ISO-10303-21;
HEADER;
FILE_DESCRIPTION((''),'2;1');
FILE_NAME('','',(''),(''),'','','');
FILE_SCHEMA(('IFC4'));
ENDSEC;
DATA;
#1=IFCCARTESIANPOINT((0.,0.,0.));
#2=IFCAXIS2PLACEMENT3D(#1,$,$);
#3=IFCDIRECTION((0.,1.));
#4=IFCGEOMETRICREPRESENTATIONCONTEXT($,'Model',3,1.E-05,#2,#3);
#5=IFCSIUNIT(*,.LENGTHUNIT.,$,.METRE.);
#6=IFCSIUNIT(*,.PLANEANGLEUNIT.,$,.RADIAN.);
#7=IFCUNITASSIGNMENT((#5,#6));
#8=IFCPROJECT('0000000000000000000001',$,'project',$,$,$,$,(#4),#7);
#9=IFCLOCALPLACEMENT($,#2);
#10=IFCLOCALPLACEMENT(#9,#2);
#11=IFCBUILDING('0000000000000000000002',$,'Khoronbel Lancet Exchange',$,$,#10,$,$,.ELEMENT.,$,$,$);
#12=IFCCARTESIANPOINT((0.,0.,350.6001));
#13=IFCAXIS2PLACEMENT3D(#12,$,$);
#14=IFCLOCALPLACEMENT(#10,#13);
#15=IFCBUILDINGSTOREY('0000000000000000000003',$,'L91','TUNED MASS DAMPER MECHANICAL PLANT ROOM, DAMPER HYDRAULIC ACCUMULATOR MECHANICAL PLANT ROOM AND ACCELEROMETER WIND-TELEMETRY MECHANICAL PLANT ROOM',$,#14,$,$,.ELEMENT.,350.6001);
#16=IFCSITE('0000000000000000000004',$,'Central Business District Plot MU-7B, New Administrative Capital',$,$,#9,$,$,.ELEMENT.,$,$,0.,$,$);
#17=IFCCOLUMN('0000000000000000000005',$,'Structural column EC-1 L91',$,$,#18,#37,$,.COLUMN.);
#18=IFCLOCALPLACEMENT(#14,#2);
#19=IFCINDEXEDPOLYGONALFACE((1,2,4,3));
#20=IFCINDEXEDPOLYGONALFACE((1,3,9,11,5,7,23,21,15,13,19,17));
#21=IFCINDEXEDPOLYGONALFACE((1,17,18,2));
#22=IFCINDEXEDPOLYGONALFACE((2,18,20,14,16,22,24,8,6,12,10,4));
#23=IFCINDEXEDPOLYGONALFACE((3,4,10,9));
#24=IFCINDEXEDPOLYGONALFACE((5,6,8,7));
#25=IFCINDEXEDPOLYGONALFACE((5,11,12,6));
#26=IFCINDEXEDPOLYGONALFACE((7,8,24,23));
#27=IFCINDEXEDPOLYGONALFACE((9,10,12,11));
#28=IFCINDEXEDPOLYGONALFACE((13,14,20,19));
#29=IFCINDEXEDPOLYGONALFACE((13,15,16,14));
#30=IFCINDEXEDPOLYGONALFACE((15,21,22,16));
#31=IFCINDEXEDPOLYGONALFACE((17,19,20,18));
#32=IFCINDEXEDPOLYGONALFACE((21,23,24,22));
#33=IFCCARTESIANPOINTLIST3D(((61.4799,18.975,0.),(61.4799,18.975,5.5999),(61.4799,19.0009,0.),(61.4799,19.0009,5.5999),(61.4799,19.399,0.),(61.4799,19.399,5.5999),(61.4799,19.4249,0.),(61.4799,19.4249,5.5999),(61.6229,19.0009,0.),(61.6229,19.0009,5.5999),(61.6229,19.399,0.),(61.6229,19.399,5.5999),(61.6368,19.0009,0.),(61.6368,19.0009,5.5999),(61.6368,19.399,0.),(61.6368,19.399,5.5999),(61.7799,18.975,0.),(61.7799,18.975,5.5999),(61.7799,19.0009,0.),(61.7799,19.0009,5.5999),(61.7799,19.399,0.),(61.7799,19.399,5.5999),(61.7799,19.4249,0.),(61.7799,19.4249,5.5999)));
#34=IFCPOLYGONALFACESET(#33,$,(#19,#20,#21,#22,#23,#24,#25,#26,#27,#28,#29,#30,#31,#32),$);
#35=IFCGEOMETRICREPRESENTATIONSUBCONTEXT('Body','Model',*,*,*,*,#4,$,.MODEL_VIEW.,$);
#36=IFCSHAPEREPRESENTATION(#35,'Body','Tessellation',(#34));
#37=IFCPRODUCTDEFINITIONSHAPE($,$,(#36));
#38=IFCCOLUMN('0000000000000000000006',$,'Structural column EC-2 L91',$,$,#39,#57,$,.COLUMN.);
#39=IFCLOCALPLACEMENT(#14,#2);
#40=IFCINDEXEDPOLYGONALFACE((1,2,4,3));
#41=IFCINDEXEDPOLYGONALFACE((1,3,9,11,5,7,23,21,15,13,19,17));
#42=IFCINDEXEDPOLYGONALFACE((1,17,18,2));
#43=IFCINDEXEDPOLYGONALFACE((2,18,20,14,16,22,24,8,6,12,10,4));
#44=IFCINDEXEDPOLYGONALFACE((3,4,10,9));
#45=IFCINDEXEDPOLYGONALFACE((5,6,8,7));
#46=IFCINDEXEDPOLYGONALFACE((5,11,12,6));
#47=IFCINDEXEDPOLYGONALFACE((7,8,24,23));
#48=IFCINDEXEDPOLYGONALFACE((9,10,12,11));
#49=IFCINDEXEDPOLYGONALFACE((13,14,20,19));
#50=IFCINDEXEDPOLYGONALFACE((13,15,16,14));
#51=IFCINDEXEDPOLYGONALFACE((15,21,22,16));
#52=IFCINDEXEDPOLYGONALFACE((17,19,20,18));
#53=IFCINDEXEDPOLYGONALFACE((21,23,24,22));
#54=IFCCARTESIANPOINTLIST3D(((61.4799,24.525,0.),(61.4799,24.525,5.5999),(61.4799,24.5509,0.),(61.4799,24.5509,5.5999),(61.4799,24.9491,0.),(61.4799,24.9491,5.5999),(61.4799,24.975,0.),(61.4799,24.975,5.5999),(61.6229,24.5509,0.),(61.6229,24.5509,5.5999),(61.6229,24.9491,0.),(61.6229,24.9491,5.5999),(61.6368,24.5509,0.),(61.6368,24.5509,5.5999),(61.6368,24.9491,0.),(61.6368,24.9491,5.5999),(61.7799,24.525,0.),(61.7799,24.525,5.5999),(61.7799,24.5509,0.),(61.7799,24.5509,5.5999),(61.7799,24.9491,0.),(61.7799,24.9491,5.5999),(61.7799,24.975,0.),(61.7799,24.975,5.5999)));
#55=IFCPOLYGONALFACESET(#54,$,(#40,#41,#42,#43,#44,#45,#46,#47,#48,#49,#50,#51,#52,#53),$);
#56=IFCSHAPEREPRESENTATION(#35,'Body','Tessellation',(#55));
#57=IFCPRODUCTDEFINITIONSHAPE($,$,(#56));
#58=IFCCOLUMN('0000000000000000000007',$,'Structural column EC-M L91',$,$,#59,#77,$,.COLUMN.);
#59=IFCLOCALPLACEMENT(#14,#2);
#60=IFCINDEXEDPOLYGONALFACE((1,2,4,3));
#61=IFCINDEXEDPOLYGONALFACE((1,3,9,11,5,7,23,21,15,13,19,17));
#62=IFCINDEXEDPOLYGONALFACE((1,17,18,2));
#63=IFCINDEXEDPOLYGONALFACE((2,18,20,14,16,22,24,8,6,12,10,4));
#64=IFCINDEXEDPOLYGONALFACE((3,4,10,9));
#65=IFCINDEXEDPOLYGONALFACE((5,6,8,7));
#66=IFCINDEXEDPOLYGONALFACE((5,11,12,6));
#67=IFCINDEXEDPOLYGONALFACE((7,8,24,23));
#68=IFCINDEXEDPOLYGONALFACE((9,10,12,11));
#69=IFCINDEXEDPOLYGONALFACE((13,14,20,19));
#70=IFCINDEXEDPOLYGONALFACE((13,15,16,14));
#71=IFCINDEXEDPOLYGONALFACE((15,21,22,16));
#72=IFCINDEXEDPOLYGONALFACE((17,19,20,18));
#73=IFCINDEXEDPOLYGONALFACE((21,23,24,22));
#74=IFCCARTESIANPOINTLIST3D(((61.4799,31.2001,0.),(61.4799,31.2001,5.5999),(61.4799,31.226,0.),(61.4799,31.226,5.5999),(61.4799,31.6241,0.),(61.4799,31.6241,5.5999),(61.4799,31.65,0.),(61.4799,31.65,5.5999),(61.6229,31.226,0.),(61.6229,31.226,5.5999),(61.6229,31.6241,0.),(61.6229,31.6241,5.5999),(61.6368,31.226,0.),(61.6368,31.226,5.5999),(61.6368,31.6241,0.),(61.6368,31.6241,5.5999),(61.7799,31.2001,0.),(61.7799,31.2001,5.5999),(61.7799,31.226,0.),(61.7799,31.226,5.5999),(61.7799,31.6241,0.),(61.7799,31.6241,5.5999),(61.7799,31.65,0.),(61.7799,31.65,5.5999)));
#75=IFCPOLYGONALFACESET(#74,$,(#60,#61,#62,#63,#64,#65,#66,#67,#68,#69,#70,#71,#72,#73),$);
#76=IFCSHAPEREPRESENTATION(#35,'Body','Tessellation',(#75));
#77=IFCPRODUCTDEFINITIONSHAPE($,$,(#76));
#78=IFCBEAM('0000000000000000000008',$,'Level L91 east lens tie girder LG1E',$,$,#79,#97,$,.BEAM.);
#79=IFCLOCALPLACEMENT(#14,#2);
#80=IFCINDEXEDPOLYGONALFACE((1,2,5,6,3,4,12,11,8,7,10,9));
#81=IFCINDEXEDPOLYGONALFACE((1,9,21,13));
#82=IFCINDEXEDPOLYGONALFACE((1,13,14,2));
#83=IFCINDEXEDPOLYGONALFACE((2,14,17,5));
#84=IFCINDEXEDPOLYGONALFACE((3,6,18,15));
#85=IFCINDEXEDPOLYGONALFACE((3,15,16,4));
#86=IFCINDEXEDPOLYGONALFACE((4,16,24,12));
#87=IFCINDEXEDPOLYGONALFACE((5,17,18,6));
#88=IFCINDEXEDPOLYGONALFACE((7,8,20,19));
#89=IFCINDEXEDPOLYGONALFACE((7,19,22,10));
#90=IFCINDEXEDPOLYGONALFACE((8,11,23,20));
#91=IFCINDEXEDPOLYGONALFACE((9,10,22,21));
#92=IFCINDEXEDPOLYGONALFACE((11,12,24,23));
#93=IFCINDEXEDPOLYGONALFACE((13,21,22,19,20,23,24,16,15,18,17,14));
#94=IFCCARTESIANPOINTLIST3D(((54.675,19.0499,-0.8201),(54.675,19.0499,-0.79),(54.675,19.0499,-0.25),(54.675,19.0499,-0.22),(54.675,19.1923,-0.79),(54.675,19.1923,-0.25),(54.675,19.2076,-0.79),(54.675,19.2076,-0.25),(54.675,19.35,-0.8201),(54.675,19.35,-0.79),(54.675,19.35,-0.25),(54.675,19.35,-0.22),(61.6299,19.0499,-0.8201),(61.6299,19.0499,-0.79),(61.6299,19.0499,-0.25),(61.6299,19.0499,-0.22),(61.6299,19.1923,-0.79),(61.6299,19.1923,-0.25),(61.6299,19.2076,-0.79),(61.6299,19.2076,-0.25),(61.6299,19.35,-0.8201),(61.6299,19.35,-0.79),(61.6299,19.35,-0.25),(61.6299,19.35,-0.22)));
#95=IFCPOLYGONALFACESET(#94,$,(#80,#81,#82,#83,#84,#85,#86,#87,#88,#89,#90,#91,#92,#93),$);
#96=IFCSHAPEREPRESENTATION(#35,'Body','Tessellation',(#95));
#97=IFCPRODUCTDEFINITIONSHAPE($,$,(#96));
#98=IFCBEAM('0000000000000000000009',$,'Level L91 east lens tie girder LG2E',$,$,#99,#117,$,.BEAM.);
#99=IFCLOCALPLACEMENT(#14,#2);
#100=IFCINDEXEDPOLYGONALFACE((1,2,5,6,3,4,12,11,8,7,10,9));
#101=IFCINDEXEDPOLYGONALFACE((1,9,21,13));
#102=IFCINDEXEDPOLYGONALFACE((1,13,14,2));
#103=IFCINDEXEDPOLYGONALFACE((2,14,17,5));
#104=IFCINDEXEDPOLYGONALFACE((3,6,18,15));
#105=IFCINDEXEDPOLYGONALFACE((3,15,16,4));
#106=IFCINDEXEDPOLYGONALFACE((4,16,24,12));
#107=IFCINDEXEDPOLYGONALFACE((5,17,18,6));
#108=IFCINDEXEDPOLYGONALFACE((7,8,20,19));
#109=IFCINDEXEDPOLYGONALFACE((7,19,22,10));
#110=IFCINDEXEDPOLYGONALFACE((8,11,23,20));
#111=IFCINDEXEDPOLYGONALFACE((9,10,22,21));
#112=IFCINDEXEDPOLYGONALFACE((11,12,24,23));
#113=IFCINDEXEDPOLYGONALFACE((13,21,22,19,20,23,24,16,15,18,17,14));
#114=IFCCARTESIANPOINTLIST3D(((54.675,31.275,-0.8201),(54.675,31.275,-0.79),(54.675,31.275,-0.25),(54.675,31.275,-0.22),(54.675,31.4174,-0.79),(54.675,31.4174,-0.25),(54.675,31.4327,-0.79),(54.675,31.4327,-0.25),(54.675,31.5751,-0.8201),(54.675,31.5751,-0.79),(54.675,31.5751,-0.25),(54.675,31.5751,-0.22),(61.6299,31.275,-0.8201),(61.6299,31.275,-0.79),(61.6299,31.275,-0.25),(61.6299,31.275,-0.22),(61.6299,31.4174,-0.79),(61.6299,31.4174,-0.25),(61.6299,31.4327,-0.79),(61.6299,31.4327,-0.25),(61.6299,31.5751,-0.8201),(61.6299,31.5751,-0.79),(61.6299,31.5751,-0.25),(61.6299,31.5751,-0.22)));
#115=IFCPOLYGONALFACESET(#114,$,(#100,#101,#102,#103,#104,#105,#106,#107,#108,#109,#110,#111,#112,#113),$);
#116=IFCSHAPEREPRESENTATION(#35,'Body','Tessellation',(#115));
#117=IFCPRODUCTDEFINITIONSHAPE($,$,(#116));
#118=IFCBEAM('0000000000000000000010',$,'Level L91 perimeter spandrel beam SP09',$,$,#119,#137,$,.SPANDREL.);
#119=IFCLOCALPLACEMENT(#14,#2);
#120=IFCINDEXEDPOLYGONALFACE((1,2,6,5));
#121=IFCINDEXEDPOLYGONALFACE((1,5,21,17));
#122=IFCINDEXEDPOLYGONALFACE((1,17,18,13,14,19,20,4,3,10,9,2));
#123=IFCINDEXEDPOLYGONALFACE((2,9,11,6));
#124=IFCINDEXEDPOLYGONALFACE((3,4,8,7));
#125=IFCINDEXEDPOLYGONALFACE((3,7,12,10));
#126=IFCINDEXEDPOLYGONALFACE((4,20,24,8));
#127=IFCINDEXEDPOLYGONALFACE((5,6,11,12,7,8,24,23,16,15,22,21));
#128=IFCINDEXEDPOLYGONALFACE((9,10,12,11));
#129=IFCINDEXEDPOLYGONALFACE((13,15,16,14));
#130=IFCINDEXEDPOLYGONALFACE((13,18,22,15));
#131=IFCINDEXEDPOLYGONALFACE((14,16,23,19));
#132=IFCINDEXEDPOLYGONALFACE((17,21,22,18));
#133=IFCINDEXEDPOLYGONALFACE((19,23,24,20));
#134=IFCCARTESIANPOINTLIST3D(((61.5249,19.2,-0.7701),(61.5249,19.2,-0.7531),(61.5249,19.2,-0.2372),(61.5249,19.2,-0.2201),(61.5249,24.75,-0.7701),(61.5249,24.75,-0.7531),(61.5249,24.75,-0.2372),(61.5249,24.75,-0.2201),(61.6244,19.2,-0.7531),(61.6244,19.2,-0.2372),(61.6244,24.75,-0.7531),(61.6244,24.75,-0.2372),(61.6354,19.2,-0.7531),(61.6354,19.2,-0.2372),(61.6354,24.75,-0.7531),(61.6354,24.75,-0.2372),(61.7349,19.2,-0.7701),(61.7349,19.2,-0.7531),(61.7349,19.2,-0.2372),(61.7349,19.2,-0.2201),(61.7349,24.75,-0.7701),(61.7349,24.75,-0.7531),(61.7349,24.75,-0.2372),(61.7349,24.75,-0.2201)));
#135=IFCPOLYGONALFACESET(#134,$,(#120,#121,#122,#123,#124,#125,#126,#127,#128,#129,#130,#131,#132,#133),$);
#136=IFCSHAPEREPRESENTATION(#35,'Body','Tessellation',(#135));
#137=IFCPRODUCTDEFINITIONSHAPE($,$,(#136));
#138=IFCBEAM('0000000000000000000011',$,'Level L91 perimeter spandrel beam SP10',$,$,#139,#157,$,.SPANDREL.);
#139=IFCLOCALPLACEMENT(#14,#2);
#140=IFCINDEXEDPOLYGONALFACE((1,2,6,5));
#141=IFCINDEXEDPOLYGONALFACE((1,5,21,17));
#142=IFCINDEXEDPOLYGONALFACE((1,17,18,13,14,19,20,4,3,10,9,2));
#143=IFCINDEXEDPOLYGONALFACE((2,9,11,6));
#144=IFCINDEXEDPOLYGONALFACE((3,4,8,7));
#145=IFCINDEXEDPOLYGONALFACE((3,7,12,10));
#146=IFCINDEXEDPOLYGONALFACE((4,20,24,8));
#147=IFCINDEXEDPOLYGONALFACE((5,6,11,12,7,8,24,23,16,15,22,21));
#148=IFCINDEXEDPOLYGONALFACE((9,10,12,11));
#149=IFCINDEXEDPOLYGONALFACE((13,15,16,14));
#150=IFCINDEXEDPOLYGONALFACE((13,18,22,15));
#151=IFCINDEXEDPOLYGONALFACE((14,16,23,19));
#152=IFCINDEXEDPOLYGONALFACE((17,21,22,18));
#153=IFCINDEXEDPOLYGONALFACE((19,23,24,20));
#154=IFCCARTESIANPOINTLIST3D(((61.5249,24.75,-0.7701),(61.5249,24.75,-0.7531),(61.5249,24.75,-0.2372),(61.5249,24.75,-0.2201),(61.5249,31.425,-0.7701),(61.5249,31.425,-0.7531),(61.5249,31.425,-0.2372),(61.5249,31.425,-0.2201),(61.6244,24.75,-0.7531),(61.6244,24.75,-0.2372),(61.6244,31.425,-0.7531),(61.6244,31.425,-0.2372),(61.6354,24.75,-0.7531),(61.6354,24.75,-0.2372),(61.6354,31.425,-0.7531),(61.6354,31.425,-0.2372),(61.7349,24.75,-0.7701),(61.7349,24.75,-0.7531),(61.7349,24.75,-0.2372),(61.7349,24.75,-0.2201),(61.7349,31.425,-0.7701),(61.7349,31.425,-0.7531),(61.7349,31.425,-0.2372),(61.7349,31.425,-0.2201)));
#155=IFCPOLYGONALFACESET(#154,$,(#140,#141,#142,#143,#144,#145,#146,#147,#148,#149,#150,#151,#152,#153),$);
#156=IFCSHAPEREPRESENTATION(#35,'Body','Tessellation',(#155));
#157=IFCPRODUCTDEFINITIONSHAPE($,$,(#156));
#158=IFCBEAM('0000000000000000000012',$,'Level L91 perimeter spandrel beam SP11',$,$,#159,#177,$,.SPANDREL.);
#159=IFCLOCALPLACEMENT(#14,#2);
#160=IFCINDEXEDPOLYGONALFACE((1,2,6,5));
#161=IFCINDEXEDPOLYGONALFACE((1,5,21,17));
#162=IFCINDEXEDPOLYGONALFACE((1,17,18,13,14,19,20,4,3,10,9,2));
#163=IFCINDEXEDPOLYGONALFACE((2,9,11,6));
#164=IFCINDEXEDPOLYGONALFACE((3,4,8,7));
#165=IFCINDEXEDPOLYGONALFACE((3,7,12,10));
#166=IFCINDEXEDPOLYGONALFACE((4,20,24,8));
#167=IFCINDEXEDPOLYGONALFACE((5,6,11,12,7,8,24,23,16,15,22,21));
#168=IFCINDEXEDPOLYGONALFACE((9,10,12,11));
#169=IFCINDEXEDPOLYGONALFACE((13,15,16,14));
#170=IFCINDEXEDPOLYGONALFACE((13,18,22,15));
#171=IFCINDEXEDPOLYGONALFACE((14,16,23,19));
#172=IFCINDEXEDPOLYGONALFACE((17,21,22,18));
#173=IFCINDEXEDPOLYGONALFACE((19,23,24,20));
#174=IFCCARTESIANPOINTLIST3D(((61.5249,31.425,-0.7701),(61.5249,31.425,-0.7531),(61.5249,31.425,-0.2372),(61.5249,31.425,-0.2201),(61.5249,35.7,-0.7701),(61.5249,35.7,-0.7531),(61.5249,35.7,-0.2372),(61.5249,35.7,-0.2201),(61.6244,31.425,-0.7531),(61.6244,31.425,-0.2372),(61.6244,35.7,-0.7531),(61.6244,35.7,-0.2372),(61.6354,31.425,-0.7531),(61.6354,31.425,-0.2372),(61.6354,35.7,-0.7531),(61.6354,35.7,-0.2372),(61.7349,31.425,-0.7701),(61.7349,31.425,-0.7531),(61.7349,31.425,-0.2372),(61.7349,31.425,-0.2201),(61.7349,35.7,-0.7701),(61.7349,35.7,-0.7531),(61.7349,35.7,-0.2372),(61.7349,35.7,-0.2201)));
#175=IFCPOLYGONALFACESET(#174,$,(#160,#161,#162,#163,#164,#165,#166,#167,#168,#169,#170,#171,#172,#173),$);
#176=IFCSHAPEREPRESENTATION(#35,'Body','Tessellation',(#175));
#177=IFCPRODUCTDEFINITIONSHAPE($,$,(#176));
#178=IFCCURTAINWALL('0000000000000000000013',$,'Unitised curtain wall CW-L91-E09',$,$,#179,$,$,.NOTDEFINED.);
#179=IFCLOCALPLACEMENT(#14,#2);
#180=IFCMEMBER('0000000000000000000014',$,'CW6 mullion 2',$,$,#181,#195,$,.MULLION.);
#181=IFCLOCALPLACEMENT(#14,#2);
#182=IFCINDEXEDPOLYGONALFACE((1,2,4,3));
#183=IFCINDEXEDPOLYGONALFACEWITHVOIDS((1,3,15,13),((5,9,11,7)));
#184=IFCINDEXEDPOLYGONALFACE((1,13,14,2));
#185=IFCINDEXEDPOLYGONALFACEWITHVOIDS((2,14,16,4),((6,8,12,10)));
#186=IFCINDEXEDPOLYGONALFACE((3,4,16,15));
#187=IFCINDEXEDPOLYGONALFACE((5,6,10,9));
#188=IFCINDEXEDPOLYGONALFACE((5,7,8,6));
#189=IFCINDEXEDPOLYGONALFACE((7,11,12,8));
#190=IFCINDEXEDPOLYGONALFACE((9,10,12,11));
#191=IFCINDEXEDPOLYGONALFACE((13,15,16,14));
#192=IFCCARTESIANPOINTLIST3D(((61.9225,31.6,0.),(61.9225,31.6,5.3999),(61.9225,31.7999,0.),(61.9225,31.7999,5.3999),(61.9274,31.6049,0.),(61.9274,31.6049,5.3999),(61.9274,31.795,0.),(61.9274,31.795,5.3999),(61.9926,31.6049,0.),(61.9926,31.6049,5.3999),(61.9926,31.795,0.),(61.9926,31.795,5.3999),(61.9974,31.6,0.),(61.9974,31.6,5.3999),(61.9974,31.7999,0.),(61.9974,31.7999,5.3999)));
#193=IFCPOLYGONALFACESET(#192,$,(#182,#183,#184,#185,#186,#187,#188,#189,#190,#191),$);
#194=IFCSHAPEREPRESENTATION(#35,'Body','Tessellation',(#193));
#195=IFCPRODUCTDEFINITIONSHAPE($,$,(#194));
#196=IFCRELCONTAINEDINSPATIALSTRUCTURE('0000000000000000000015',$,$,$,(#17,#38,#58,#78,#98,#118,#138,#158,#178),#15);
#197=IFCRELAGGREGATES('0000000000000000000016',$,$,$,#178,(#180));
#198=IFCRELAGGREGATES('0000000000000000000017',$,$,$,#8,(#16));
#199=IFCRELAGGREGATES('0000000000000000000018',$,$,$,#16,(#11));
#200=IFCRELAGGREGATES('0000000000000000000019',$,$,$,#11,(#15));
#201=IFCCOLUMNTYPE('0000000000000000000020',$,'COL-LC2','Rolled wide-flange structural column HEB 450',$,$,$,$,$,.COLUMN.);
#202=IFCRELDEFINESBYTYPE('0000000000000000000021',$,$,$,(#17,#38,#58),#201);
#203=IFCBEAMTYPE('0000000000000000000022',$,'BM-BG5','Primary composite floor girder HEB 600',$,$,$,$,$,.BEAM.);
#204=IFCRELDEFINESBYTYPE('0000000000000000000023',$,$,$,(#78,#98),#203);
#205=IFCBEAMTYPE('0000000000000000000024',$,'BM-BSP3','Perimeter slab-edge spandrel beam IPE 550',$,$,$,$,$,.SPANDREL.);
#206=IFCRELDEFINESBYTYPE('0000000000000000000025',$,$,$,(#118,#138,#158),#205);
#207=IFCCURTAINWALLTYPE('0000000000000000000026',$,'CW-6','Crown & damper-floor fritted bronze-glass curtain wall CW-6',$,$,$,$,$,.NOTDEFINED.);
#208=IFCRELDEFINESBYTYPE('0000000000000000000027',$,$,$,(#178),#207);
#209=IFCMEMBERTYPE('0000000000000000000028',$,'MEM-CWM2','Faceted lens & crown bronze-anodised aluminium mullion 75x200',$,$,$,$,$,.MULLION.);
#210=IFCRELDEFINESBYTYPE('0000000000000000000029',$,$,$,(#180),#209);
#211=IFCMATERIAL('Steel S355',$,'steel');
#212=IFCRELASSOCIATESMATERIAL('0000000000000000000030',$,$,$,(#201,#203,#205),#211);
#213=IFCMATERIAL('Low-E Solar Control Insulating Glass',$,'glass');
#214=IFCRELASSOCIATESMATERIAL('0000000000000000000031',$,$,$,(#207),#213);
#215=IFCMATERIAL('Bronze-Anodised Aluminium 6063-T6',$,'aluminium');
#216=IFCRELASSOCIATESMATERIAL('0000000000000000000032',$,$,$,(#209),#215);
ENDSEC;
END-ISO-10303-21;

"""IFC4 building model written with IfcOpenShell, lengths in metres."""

from ifc_helpers import new_model, si_unit, direction, frame, origin, origin_2d, place, context, subcontext, project, spatial, hollow_rectangle, i_section, extrude, material, material_profile, profile_set, type_object, element, aggregate, save


model = new_model("IFC4")

# Units and contexts
model_context = context("Model", 3, precision=1e-05, world=origin(), true_north=direction((0.0, 1.0)))
body_context = subcontext(model_context, "Body", "Model", "MODEL_VIEW")
ifc_project = project(units=[si_unit("LENGTHUNIT", "METRE"), si_unit("PLANEANGLEUNIT", "RADIAN")], contexts=[model_context])

# Site, building, storey
site_placement = place(None, origin())
site = spatial("IfcSite", under=ifc_project, at=site_placement, Name="Central Business District Plot MU-7B, New Administrative Capital", CompositionType="ELEMENT", RefElevation=0.0)
building_placement = place(site_placement, origin())
building = spatial("IfcBuilding", under=site, at=building_placement, Name="Khoronbel Lancet Exchange", CompositionType="ELEMENT")
storey_placement = place(building_placement, frame((0.0, 0.0, 350.6001)))
storey = spatial("IfcBuildingStorey", under=building, at=storey_placement, Name="L91", Description="TUNED MASS DAMPER MECHANICAL PLANT ROOM, DAMPER HYDRAULIC ACCUMULATOR MECHANICAL PLANT ROOM AND ACCELEROMETER WIND-TELEMETRY MECHANICAL PLANT ROOM", CompositionType="ELEMENT", Elevation=350.6001)

# Columns
ifc_material_1 = material(Name="Steel S355", Category="steel")
ifc_material_profile_1 = material_profile(ifc_material_1, i_section(OverallWidth=0.3, OverallDepth=0.45, WebThickness=0.0139, FlangeThickness=0.0259, at=origin_2d()), Name="HEB 450")
ifc_profile_set_1 = profile_set([ifc_material_profile_1], Name="Steel S355")
column_type = type_object("IfcColumnType", Name="COL-LC2", Description="Rolled wide-flange structural column HEB 450", PredefinedType="COLUMN", material=ifc_profile_set_1)
for number, where, z_axis, x_axis, name in (
    (1, (61.6299, 19.2, 0.0), (0.0, 0.0, 1.0), (1.0, 0.0, 0.0), "Structural column EC-1 L91"),
    (2, (61.6299, 24.75, 0.0), (0.0, 0.0, 1.0), (1.0, 0.0, 0.0), "Structural column EC-2 L91"),
    (3, (61.6299, 31.425, 0.0), (0.0, 0.0, 1.0), (1.0, 0.0, 0.0), "Structural column EC-M L91"),
):
    element("IfcColumn", number, at=place(storey_placement, frame(where, z_axis=z_axis, x_axis=x_axis)), inside=storey, type_object=column_type, Name=name, PredefinedType="COLUMN", context=body_context, shape_type="SweptSolid", body=[
        extrude(i_section(OverallWidth=0.3, OverallDepth=0.45, WebThickness=0.0139, FlangeThickness=0.0259, at=origin_2d()), origin(), (0.0, 0.0, 1.0), 5.5999),
    ])

# Beams
ifc_material_profile_2 = material_profile(ifc_material_1, i_section(OverallWidth=0.3, OverallDepth=0.6001, WebThickness=0.0154, FlangeThickness=0.03, at=origin_2d()), Name="HEB 600")
ifc_profile_set_2 = profile_set([ifc_material_profile_2], Name="Steel S355")
beam_type_1 = type_object("IfcBeamType", Name="BM-BG5", Description="Primary composite floor girder HEB 600", PredefinedType="BEAM", material=ifc_profile_set_2)
for number, where, z_axis, x_axis, name in (
    (4, (54.675, 19.2, -0.52), (1.0, 0.0, 0.0), (0.0, 1.0, 0.0), "Level L91 east lens tie girder LG1E"),
    (5, (54.675, 31.425, -0.52), (1.0, 0.0, 0.0), (0.0, 1.0, 0.0), "Level L91 east lens tie girder LG2E"),
):
    element("IfcBeam", number, at=place(storey_placement, frame(where, z_axis=z_axis, x_axis=x_axis)), inside=storey, type_object=beam_type_1, Name=name, PredefinedType="BEAM", context=body_context, shape_type="SweptSolid", body=[
        extrude(i_section(OverallWidth=0.3, OverallDepth=0.6001, WebThickness=0.0154, FlangeThickness=0.03, at=origin_2d()), origin(), (0.0, 0.0, 1.0), 6.9548),
    ])
ifc_material_profile_3 = material_profile(ifc_material_1, i_section(OverallWidth=0.21, OverallDepth=0.55, WebThickness=0.011, FlangeThickness=0.0171, at=origin_2d()), Name="IPE 550")
ifc_profile_set_3 = profile_set([ifc_material_profile_3], Name="Steel S355")
beam_type_2 = type_object("IfcBeamType", Name="BM-BSP3", Description="Perimeter slab-edge spandrel beam IPE 550", PredefinedType="SPANDREL", material=ifc_profile_set_3)
beam_1_placement = place(storey_placement, frame((61.6299, 19.2, -0.4951), z_axis=(0.0, 1.0, 0.0), x_axis=(-1.0, 0.0, 0.0)))
element("IfcBeam", 6, at=beam_1_placement, inside=storey, type_object=beam_type_2, Name="Level L91 perimeter spandrel beam SP09", PredefinedType="SPANDREL", context=body_context, shape_type="SweptSolid", body=[
    extrude(i_section(OverallWidth=0.21, OverallDepth=0.55, WebThickness=0.011, FlangeThickness=0.0171, at=origin_2d()), origin(), (0.0, 0.0, 1.0), 5.55),
])
beam_2_placement = place(storey_placement, frame((61.6299, 24.75, -0.4951), z_axis=(0.0, 1.0, 0.0), x_axis=(-1.0, 0.0, 0.0)))
element("IfcBeam", 7, at=beam_2_placement, inside=storey, type_object=beam_type_2, Name="Level L91 perimeter spandrel beam SP10", PredefinedType="SPANDREL", context=body_context, shape_type="SweptSolid", body=[
    extrude(i_section(OverallWidth=0.21, OverallDepth=0.55, WebThickness=0.011, FlangeThickness=0.0171, at=origin_2d()), origin(), (0.0, 0.0, 1.0), 6.675),
])
beam_3_placement = place(storey_placement, frame((61.6299, 31.425, -0.4951), z_axis=(0.0, 1.0, 0.0), x_axis=(-1.0, 0.0, 0.0)))
element("IfcBeam", 8, at=beam_3_placement, inside=storey, type_object=beam_type_2, Name="Level L91 perimeter spandrel beam SP11", PredefinedType="SPANDREL", context=body_context, shape_type="SweptSolid", body=[
    extrude(i_section(OverallWidth=0.21, OverallDepth=0.55, WebThickness=0.011, FlangeThickness=0.0171, at=origin_2d()), origin(), (0.0, 0.0, 1.0), 4.2749),
])

# Curtain wall, member
ifc_material_2 = material(Name="Low-E Solar Control Insulating Glass", Category="glass")
curtain_wall_type = type_object("IfcCurtainWallType", Name="CW-6", Description="Crown & damper-floor fritted bronze-glass curtain wall CW-6", PredefinedType="NOTDEFINED", material=ifc_material_2)
curtain_wall_placement = place(storey_placement, origin())
curtain_wall = element("IfcCurtainWall", 9, at=curtain_wall_placement, inside=storey, type_object=curtain_wall_type, Name="Unitised curtain wall CW-L91-E09", PredefinedType="NOTDEFINED")
ifc_material_3 = material(Name="Bronze-Anodised Aluminium 6063-T6", Category="aluminium")
ifc_material_profile_4 = material_profile(ifc_material_3, hollow_rectangle(XDim=0.075, YDim=0.2, WallThickness=0.0049, at=origin_2d()), Name="ALU MULLION 75x200")
ifc_profile_set_4 = profile_set([ifc_material_profile_4], Name="Bronze-Anodised Aluminium 6063-T6")
member_type_1 = type_object("IfcMemberType", Name="MEM-CWM2", Description="Faceted lens & crown bronze-anodised aluminium mullion 75x200", PredefinedType="MULLION", material=ifc_profile_set_4)
member_1_placement = place(storey_placement, frame((61.96, 31.7, 0.0), z_axis=(0.0, 0.0, 1.0), x_axis=(1.0, 0.0, 0.0)))
member_1 = element("IfcMember", 10, at=member_1_placement, type_object=member_type_1, Name="CW6 mullion 2", PredefinedType="MULLION", context=body_context, shape_type="SweptSolid", body=[
    extrude(hollow_rectangle(XDim=0.075, YDim=0.2, WallThickness=0.0049, at=origin_2d()), origin(), (0.0, 0.0, 1.0), 5.3999),
])

aggregate(curtain_wall, [member_1])

save(model, "model.ifc")
